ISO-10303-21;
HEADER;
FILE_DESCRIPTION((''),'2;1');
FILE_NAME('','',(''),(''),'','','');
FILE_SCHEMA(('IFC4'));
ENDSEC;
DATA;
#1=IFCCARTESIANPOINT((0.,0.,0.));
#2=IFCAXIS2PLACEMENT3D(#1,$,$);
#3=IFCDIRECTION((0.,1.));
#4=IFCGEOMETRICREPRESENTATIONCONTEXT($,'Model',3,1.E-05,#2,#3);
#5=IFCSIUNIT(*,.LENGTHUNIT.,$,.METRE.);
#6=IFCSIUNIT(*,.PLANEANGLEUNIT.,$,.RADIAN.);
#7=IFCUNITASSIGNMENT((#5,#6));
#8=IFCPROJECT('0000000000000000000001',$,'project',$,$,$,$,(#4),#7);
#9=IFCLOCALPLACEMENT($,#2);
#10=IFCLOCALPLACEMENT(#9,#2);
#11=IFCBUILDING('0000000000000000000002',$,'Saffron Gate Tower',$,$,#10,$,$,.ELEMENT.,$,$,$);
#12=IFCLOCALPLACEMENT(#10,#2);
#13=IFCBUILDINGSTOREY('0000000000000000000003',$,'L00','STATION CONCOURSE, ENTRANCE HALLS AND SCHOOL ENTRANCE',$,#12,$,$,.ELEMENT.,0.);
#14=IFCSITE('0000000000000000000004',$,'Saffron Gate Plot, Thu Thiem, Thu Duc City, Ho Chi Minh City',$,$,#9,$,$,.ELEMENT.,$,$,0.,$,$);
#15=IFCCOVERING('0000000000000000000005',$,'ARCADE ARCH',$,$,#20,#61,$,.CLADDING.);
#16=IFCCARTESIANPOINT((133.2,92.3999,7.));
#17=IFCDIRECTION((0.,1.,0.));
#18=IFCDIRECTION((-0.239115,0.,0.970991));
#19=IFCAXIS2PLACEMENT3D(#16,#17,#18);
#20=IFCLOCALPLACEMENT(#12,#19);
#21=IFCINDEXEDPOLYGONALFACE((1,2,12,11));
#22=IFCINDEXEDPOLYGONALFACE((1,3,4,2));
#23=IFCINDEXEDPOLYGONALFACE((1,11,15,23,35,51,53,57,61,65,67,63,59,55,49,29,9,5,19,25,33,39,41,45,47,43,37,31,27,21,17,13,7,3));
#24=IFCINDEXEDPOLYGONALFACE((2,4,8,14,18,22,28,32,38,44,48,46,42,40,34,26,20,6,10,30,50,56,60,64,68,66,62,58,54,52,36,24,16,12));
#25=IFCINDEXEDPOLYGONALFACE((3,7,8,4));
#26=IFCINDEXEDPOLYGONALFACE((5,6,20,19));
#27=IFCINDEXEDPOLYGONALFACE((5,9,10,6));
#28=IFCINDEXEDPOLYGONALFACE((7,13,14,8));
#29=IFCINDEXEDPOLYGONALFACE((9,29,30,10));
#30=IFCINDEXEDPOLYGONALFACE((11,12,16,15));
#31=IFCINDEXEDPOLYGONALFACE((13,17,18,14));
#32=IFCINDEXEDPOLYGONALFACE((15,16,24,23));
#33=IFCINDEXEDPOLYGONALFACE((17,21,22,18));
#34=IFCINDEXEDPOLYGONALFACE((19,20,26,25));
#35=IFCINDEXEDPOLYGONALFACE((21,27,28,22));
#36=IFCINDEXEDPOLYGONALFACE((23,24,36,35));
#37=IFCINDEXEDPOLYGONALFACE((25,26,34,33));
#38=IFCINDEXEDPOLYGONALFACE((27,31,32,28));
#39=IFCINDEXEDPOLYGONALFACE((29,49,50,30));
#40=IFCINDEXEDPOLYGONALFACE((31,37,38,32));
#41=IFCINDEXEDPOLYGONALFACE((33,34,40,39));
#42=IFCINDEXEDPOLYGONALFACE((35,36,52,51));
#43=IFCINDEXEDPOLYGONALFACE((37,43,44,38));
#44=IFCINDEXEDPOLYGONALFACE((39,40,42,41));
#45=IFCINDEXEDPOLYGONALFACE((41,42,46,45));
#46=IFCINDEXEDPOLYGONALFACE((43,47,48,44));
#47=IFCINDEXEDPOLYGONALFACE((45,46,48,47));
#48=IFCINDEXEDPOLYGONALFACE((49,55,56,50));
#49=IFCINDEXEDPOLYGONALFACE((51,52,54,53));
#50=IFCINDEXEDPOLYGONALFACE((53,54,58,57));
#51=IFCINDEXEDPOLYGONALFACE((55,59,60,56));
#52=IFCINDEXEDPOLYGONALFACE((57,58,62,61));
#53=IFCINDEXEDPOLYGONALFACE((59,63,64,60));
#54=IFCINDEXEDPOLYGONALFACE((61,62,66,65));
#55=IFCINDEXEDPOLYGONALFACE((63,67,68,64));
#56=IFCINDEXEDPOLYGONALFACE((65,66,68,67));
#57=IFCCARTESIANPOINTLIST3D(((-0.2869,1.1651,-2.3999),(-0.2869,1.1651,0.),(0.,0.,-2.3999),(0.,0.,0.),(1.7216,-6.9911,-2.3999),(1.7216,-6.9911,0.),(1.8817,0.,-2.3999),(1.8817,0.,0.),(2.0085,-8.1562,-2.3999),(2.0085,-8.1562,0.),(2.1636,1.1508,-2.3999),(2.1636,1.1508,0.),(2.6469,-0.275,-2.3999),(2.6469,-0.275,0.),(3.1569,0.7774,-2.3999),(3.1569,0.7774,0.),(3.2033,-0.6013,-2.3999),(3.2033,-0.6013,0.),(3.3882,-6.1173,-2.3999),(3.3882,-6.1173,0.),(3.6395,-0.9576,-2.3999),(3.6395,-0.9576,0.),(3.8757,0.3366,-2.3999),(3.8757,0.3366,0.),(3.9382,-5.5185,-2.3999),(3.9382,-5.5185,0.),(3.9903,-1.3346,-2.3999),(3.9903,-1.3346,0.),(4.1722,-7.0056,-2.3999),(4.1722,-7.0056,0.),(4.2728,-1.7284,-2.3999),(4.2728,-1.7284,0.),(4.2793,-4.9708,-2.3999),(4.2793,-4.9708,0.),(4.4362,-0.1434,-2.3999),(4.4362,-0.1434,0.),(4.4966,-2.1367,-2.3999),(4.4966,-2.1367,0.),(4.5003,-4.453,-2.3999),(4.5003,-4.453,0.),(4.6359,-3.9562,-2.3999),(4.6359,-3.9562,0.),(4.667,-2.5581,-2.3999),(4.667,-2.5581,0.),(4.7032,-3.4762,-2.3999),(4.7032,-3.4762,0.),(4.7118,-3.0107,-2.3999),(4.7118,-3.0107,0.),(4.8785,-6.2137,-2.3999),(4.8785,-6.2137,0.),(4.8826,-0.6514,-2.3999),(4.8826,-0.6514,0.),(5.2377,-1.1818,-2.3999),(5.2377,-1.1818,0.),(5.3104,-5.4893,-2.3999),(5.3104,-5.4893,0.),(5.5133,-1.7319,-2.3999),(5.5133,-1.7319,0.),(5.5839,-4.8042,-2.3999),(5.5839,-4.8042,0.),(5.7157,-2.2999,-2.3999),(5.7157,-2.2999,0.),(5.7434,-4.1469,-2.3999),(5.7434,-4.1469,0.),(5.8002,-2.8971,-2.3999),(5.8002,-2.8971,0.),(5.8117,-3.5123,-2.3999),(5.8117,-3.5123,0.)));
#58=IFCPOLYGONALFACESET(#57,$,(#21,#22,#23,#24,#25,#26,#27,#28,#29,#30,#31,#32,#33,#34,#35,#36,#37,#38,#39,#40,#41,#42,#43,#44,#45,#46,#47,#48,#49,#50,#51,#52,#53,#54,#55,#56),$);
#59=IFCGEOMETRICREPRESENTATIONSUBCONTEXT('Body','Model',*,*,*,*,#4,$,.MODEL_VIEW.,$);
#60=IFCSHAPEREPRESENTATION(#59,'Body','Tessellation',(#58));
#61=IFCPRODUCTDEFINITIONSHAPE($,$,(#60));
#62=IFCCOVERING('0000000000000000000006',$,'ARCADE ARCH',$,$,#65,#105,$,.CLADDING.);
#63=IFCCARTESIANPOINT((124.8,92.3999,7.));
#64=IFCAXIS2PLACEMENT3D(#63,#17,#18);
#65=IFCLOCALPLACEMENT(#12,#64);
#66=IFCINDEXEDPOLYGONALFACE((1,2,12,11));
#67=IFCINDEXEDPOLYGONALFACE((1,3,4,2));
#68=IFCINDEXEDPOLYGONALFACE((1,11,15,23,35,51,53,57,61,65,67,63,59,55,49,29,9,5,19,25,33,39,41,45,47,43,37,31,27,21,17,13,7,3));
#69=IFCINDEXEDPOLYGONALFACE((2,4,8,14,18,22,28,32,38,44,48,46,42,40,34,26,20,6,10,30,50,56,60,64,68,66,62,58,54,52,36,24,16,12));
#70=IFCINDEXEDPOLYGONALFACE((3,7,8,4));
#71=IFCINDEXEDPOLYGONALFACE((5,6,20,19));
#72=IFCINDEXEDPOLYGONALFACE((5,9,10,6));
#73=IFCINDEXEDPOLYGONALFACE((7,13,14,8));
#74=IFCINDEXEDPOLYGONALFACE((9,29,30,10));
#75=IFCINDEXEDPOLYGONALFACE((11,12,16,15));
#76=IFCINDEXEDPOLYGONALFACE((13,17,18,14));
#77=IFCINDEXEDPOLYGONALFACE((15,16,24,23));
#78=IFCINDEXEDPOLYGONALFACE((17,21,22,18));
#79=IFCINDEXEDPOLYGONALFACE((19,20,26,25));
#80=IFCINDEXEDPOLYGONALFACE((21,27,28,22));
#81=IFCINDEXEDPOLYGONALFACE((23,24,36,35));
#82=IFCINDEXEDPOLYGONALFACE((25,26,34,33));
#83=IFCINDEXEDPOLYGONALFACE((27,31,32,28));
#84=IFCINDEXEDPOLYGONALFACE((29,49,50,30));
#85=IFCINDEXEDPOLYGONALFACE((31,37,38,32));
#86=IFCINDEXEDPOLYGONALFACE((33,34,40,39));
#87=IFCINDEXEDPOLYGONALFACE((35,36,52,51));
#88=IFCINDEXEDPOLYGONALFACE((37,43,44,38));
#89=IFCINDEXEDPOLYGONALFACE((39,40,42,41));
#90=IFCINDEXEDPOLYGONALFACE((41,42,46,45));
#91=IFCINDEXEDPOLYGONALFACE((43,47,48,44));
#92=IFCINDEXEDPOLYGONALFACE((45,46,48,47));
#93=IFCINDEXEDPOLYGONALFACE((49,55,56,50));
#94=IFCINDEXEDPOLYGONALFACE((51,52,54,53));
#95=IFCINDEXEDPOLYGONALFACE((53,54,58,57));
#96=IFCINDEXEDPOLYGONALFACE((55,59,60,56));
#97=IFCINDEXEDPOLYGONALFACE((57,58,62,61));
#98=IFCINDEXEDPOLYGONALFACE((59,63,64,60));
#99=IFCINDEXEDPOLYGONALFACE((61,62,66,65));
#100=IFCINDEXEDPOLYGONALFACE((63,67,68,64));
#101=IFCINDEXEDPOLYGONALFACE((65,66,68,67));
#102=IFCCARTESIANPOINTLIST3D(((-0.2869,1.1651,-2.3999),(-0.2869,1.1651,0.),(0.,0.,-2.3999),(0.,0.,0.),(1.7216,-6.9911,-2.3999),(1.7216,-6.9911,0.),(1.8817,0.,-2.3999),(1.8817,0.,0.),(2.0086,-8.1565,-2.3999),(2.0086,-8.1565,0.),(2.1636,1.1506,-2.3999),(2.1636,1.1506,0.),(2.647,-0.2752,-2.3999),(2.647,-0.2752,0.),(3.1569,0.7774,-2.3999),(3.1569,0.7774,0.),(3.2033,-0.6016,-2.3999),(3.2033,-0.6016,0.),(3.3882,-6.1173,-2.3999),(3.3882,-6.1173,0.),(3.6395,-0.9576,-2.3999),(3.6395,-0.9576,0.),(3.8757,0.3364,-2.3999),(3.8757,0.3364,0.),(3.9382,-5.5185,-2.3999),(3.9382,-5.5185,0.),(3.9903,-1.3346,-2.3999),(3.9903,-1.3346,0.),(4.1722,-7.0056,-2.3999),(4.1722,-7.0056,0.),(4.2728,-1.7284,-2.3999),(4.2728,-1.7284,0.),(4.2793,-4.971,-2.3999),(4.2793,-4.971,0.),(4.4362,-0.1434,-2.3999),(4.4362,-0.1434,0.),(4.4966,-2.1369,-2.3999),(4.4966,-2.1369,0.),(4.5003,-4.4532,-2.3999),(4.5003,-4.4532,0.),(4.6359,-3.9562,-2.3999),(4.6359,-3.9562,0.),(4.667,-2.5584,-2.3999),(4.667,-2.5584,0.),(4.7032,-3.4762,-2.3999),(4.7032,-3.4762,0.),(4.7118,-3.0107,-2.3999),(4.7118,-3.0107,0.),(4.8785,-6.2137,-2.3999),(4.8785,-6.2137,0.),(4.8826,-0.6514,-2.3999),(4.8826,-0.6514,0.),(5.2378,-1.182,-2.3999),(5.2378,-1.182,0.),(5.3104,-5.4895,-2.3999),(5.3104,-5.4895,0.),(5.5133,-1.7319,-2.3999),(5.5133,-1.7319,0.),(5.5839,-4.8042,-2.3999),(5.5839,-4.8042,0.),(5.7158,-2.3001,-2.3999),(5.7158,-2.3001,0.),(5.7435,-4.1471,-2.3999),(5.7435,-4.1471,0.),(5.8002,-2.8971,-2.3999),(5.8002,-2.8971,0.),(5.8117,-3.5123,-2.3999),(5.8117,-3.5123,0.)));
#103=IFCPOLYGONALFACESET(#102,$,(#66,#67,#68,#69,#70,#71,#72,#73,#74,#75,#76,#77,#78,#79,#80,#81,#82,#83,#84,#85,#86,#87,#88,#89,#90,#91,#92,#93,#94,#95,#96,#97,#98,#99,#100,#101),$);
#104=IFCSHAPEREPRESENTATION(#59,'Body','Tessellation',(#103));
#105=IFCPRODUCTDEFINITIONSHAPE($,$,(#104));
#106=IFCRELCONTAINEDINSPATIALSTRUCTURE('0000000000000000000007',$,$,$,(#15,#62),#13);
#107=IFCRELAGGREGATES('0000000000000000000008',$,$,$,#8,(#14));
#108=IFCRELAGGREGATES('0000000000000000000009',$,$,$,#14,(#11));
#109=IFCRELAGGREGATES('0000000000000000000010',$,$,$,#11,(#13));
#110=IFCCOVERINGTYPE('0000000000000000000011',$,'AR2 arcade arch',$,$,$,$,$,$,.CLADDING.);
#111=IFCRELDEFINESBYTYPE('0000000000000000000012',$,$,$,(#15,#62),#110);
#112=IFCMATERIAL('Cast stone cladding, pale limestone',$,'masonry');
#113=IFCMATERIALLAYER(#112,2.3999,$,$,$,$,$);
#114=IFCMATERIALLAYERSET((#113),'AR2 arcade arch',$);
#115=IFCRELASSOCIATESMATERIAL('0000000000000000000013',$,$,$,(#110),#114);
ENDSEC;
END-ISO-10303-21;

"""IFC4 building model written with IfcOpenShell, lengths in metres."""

from ifc_helpers import new_model, si_unit, direction, frame, origin, place, context, subcontext, project, spatial, polyline, outline, extrude, material, layer, layer_set, type_object, element, save


model = new_model("IFC4")

# Units and contexts
model_context = context("Model", 3, precision=1e-05, world=origin(), true_north=direction((0.0, 1.0)))
body_context = subcontext(model_context, "Body", "Model", "MODEL_VIEW")
ifc_project = project(units=[si_unit("LENGTHUNIT", "METRE"), si_unit("PLANEANGLEUNIT", "RADIAN")], contexts=[model_context])

# Site, building, storey
site_placement = place(None, origin())
site = spatial("IfcSite", under=ifc_project, at=site_placement, Name="Saffron Gate Plot, Thu Thiem, Thu Duc City, Ho Chi Minh City", CompositionType="ELEMENT", RefElevation=0.0)
building_placement = place(site_placement, origin())
building = spatial("IfcBuilding", under=site, at=building_placement, Name="Saffron Gate Tower", CompositionType="ELEMENT")
storey_placement = place(building_placement, origin())
storey = spatial("IfcBuildingStorey", under=building, at=storey_placement, Name="L00", Description="STATION CONCOURSE, ENTRANCE HALLS AND SCHOOL ENTRANCE", CompositionType="ELEMENT", Elevation=0.0)

# Coverings
ifc_material_1 = material(Name="Cast stone cladding, pale limestone", Category="masonry")
ifc_layer_1 = layer(ifc_material_1, 2.3999)
ifc_layer_set_1 = layer_set([ifc_layer_1], Name="AR2 arcade arch")
covering_type = type_object("IfcCoveringType", Name="AR2 arcade arch", PredefinedType="CLADDING", material=ifc_layer_set_1)
covering_1_placement = place(storey_placement, frame((133.2, 92.3999, 7.0), z_axis=(0.0, 1.0, 0.0), x_axis=(-0.239115, 0.0, 0.970991)))
element("IfcCovering", 1, at=covering_1_placement, inside=storey, type_object=covering_type, Name="ARCADE ARCH", PredefinedType="CLADDING", context=body_context, shape_type="SweptSolid", body=[
    extrude(outline(polyline([(0.0, 0.0), (1.8817, 0.0), (2.6469, -0.275), (3.2033, -0.6013), (3.6395, -0.9576), (3.9903, -1.3346), (4.2728, -1.7284), (4.4966, -2.1367), (4.667, -2.5581), (4.7118, -3.0107), (4.7032, -3.4762), (4.6359, -3.9562), (4.5003, -4.453), (4.2793, -4.9708), (3.9382, -5.5185), (3.3882, -6.1173), (1.7216, -6.9911), (2.0085, -8.1562), (4.1722, -7.0056), (4.8785, -6.2137), (5.3104, -5.4893), (5.5839, -4.8042), (5.7434, -4.1469), (5.8117, -3.5123), (5.8002, -2.8971), (5.7157, -2.2999), (5.5133, -1.7319), (5.2377, -1.1818), (4.8826, -0.6514), (4.4362, -0.1434), (3.8757, 0.3366), (3.1569, 0.7774), (2.1636, 1.1508), (-0.2869, 1.1651), (0.0, 0.0)])), origin(), (0.0, 0.0, -1.0), 2.3999),
])
covering_2_placement = place(storey_placement, frame((124.8, 92.3999, 7.0), z_axis=(0.0, 1.0, 0.0), x_axis=(-0.239115, 0.0, 0.970991)))
element("IfcCovering", 2, at=covering_2_placement, inside=storey, type_object=covering_type, Name="ARCADE ARCH", PredefinedType="CLADDING", context=body_context, shape_type="SweptSolid", body=[
    extrude(outline(polyline([(0.0, 0.0), (1.8817, 0.0), (2.647, -0.2752), (3.2033, -0.6016), (3.6395, -0.9576), (3.9903, -1.3346), (4.2728, -1.7284), (4.4966, -2.1369), (4.667, -2.5584), (4.7118, -3.0107), (4.7032, -3.4762), (4.6359, -3.9562), (4.5003, -4.4532), (4.2793, -4.971), (3.9382, -5.5185), (3.3882, -6.1173), (1.7216, -6.9911), (2.0086, -8.1565), (4.1722, -7.0056), (4.8785, -6.2137), (5.3104, -5.4895), (5.5839, -4.8042), (5.7435, -4.1471), (5.8117, -3.5123), (5.8002, -2.8971), (5.7158, -2.3001), (5.5133, -1.7319), (5.2378, -1.182), (4.8826, -0.6514), (4.4362, -0.1434), (3.8757, 0.3364), (3.1569, 0.7774), (2.1636, 1.1506), (-0.2869, 1.1651), (0.0, 0.0)])), origin(), (0.0, 0.0, -1.0), 2.3999),
])

save(model, "model.ifc")
